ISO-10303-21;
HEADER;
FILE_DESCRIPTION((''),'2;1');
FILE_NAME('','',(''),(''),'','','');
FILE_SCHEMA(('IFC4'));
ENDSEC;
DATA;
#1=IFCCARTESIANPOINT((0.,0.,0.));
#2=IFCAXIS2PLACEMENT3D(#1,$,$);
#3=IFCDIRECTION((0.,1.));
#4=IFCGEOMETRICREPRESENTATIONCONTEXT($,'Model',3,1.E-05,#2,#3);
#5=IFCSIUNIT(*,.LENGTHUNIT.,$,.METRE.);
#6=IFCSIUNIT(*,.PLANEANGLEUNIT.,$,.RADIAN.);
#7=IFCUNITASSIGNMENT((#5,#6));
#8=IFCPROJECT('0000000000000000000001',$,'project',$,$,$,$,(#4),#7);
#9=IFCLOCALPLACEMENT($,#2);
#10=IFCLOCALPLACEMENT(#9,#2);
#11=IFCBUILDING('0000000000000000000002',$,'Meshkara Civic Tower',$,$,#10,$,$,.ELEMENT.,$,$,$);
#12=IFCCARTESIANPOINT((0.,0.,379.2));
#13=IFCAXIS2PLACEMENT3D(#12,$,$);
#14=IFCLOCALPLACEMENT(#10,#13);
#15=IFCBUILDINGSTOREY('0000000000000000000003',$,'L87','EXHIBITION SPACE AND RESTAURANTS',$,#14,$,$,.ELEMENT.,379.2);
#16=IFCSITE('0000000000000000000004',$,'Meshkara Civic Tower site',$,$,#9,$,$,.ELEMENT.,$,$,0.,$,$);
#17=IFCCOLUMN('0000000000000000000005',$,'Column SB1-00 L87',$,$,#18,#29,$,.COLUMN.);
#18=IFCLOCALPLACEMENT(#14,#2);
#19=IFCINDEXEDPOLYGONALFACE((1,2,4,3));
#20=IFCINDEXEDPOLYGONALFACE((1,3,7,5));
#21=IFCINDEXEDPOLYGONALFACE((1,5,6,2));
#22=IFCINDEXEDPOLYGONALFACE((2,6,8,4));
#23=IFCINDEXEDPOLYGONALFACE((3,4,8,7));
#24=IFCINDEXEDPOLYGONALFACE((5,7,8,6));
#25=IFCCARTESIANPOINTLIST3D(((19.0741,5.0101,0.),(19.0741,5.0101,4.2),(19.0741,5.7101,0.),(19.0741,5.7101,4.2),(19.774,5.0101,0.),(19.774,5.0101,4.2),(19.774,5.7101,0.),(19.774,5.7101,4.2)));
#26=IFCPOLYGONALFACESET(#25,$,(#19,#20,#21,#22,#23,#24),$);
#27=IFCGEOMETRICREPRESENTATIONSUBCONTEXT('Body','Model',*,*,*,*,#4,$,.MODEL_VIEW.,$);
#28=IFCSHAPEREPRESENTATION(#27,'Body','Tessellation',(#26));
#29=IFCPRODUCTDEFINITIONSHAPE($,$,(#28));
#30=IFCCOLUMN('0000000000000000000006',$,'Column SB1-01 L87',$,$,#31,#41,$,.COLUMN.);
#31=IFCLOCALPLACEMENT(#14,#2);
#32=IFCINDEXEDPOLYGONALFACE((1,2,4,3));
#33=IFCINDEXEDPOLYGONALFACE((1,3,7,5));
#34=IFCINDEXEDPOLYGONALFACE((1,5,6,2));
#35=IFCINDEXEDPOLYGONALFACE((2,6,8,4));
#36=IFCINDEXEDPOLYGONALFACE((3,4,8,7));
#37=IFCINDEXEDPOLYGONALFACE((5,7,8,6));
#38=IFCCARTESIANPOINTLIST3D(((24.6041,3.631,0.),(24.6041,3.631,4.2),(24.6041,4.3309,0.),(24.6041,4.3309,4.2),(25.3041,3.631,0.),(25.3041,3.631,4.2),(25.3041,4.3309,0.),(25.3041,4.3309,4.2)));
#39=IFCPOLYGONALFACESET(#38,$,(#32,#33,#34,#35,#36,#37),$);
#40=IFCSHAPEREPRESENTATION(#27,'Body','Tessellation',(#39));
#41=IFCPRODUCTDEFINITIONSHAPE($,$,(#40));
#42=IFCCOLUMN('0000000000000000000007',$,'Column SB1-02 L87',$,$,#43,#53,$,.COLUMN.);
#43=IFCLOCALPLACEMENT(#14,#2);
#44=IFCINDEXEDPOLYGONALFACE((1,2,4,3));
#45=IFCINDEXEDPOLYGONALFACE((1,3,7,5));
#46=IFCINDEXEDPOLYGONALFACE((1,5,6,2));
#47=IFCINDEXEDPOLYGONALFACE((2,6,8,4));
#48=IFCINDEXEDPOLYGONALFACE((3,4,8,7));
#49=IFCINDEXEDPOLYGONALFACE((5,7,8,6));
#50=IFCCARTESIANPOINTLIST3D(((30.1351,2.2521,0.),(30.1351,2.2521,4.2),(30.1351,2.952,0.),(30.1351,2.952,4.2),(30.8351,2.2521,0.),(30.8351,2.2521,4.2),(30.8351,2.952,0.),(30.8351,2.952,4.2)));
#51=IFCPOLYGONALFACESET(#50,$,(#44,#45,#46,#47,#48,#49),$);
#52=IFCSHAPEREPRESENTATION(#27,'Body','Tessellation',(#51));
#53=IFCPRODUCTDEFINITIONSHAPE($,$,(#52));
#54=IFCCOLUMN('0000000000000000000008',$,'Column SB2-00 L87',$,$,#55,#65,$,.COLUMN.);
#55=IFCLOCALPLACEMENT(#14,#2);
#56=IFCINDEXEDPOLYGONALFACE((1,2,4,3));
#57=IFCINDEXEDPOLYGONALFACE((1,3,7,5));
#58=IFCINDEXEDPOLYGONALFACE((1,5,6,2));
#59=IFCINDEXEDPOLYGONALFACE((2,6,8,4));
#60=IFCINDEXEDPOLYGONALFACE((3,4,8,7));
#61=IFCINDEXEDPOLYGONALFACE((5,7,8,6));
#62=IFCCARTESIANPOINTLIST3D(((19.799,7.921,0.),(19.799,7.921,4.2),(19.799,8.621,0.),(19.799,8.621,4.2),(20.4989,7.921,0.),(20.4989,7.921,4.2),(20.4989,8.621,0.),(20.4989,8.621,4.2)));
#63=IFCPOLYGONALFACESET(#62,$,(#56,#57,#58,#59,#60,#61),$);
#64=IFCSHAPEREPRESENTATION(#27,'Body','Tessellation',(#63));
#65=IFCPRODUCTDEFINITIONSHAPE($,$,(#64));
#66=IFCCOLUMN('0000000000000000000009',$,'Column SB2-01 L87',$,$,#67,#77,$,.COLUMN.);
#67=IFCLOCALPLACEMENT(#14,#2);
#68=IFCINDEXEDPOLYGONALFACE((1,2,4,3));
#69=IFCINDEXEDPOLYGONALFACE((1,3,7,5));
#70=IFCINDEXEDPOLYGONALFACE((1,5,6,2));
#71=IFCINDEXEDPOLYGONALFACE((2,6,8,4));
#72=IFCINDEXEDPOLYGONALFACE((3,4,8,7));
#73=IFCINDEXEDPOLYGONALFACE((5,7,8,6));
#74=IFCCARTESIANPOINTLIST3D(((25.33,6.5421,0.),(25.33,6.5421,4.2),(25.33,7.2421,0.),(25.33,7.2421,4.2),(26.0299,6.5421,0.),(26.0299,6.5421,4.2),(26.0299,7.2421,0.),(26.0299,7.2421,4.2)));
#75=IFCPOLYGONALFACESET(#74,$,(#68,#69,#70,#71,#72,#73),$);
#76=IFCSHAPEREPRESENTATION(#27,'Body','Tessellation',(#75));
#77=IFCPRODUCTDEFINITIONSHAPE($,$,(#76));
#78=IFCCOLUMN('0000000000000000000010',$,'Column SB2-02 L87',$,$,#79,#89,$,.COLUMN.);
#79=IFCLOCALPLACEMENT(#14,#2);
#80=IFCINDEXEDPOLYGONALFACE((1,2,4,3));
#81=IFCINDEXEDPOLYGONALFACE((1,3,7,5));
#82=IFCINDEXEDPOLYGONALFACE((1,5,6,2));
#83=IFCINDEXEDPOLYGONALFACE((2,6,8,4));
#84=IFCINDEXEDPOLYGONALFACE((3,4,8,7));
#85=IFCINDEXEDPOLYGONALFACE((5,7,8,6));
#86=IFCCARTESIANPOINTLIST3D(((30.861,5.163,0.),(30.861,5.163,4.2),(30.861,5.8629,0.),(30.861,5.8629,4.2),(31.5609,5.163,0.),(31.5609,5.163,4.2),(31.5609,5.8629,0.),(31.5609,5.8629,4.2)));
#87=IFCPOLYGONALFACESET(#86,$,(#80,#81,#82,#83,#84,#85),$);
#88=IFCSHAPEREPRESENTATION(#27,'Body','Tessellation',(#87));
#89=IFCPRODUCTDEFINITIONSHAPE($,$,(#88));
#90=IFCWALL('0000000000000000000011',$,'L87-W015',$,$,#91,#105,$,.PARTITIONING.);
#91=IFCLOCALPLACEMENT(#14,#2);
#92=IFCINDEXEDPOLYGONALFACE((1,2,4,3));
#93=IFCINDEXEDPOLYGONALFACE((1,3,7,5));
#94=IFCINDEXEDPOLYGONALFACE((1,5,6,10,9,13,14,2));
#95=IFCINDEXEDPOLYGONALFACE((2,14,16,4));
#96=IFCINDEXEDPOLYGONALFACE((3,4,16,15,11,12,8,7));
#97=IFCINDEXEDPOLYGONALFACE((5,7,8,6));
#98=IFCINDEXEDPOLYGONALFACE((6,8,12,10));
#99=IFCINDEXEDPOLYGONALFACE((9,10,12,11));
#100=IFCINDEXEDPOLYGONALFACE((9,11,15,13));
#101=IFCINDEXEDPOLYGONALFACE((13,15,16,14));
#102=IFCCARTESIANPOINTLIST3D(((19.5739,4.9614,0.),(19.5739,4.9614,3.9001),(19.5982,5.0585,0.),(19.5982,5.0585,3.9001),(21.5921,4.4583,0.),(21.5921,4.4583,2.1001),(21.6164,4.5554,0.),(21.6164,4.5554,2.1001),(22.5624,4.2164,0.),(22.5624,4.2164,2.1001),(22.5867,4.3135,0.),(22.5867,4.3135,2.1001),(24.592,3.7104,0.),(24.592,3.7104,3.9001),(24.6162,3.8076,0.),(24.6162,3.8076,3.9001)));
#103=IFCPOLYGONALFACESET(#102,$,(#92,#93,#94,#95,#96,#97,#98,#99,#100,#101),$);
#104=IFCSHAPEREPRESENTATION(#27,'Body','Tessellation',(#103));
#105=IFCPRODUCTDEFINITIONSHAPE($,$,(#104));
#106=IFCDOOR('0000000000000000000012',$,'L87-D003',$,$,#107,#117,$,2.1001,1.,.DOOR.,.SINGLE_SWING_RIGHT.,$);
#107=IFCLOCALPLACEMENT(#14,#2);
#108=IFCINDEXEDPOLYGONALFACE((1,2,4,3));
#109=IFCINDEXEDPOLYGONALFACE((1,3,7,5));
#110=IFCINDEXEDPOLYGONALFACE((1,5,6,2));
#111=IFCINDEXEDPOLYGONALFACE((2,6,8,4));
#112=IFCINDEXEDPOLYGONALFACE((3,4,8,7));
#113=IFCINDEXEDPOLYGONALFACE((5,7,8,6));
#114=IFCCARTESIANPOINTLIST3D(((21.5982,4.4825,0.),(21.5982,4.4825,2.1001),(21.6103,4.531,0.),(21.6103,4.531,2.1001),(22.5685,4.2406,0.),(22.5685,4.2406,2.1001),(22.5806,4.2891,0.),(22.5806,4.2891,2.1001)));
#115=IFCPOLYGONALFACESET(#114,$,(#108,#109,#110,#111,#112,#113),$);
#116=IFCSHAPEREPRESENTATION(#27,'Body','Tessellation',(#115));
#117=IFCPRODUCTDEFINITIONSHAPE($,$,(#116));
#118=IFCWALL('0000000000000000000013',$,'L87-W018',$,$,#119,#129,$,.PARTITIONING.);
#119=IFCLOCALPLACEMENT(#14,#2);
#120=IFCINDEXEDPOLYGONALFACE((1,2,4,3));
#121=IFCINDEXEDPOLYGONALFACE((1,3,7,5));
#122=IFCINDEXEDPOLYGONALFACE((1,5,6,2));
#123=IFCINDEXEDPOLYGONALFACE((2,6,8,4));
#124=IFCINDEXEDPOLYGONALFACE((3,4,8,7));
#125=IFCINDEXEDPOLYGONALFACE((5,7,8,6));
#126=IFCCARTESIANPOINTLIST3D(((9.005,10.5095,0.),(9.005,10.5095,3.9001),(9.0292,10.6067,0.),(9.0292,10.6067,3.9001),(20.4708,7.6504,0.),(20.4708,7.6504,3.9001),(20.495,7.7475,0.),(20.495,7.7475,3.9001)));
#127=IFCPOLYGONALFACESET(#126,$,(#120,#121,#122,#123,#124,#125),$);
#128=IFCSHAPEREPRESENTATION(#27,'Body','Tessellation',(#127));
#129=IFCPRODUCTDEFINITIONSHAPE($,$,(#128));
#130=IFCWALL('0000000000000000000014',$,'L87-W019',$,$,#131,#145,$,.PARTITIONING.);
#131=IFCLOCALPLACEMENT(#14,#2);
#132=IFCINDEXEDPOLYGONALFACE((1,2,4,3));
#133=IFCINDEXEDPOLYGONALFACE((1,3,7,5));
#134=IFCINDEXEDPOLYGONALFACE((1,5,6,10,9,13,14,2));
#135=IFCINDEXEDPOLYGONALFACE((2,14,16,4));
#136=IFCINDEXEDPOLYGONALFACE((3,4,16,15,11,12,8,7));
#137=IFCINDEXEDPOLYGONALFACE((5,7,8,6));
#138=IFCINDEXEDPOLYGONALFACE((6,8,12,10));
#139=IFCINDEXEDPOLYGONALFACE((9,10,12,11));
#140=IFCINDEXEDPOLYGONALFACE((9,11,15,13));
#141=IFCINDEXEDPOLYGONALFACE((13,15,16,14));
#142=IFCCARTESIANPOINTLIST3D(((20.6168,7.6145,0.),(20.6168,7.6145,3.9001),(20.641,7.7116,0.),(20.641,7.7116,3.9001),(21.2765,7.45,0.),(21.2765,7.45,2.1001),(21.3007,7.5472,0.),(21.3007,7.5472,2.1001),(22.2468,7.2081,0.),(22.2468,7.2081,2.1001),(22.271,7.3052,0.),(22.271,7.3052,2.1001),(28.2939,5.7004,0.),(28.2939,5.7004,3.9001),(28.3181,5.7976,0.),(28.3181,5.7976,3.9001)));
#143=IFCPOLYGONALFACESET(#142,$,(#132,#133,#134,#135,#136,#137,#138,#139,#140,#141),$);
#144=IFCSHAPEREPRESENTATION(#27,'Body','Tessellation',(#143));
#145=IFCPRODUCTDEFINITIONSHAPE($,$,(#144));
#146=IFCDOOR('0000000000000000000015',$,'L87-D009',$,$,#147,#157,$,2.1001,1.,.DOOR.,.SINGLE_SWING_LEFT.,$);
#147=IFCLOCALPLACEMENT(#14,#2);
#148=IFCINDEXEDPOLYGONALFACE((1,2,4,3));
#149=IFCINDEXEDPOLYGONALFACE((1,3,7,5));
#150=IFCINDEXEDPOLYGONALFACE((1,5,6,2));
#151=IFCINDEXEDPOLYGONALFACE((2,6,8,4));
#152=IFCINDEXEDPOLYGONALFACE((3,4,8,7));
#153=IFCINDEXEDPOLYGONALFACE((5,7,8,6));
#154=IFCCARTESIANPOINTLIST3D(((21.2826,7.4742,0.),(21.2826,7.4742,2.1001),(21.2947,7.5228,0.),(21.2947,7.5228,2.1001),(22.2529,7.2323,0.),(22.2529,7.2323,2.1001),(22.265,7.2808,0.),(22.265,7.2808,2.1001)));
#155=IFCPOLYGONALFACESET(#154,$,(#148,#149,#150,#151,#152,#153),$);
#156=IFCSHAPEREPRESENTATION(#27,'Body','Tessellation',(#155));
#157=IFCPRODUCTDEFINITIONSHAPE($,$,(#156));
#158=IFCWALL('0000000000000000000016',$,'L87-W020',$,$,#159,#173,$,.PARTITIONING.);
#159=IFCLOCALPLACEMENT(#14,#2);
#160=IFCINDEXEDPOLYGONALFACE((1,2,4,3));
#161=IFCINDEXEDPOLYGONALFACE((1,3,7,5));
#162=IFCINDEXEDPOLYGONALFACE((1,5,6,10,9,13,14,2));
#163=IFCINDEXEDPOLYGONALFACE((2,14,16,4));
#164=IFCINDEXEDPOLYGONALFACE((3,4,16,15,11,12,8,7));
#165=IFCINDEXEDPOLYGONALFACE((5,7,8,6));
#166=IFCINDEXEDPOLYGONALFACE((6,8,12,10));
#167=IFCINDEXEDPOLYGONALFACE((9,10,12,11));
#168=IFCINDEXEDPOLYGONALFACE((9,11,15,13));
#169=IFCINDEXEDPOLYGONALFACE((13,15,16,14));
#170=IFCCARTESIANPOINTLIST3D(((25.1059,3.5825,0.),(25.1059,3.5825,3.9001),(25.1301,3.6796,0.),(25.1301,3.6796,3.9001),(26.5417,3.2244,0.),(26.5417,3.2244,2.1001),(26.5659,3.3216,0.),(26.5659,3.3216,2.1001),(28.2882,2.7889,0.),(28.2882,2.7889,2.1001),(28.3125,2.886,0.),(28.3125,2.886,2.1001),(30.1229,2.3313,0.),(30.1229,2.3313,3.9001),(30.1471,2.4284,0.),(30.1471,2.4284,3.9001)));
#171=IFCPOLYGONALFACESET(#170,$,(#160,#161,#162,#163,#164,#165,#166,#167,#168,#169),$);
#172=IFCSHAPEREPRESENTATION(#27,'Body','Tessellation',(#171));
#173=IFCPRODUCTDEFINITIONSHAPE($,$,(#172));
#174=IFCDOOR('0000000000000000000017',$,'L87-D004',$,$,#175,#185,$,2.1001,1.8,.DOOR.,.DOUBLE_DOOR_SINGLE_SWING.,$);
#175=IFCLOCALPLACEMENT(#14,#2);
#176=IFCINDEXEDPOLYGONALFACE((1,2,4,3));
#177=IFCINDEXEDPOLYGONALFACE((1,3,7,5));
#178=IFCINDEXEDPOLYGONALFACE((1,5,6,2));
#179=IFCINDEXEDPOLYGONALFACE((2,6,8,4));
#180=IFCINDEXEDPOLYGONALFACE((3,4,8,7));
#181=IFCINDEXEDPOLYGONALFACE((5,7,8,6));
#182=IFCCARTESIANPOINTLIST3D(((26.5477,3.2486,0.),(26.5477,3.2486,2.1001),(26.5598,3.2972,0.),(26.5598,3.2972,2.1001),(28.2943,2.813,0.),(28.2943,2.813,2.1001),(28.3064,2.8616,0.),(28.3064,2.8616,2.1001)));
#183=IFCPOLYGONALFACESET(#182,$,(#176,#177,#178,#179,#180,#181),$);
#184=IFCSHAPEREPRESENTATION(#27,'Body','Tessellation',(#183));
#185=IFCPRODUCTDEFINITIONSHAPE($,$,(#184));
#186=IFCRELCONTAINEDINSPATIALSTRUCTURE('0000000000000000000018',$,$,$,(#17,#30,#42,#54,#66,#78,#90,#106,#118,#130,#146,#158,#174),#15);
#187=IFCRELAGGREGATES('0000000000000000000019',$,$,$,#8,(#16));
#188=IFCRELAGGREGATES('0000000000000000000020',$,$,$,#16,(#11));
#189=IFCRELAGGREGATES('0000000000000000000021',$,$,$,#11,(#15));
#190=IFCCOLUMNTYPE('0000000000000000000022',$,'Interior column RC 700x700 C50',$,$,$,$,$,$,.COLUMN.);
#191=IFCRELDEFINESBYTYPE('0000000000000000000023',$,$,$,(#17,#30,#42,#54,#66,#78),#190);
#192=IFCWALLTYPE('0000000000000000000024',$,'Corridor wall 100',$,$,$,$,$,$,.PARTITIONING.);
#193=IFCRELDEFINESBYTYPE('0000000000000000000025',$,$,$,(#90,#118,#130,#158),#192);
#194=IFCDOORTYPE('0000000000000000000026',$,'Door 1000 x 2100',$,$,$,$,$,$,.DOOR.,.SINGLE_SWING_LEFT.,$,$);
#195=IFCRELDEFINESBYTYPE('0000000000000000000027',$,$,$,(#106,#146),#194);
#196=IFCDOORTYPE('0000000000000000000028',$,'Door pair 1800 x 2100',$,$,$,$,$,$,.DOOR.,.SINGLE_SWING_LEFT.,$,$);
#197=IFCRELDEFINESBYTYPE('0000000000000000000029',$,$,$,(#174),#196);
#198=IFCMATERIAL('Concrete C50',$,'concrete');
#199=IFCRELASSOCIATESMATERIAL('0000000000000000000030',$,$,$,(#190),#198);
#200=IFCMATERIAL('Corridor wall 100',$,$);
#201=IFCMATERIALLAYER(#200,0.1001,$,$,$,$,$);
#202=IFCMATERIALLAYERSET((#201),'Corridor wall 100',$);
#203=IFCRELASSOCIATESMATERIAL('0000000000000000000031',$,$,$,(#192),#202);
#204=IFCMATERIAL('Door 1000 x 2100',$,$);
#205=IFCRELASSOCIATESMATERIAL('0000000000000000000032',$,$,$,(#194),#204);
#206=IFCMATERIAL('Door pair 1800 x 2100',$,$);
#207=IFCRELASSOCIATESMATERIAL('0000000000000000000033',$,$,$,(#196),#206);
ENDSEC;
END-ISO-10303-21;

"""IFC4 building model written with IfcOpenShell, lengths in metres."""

from ifc_helpers import new_model, si_unit, direction, frame, frame_2d, origin, origin_2d, place, context, subcontext, project, spatial, rectangle, extrude, material, layer, layer_set, material_profile, profile_set, type_object, element, fill, save


model = new_model("IFC4")

# Units and contexts
model_context = context("Model", 3, precision=1e-05, world=origin(), true_north=direction((0.0, 1.0)))
body_context = subcontext(model_context, "Body", "Model", "MODEL_VIEW")
ifc_project = project(units=[si_unit("LENGTHUNIT", "METRE"), si_unit("PLANEANGLEUNIT", "RADIAN")], contexts=[model_context])

# Site, building, storey
site_placement = place(None, origin())
site = spatial("IfcSite", under=ifc_project, at=site_placement, Name="Meshkara Civic Tower site", CompositionType="ELEMENT", RefElevation=0.0)
building_placement = place(site_placement, origin())
building = spatial("IfcBuilding", under=site, at=building_placement, Name="Meshkara Civic Tower", CompositionType="ELEMENT")
storey_placement = place(building_placement, frame((0.0, 0.0, 379.2)))
storey = spatial("IfcBuildingStorey", under=building, at=storey_placement, Name="L87", Description="EXHIBITION SPACE AND RESTAURANTS", CompositionType="ELEMENT", Elevation=379.2)

# Columns
ifc_material_1 = material(Name="Concrete C50", Category="concrete")
ifc_material_profile = material_profile(ifc_material_1, rectangle(XDim=0.7, YDim=0.7, at=origin_2d()))
ifc_profile_set = profile_set([ifc_material_profile], Name="Concrete C50")
column_type = type_object("IfcColumnType", Name="Interior column RC 700x700 C50", PredefinedType="COLUMN", material=ifc_profile_set)
for number, where, z_axis, x_axis, name in (
    (1, (19.4241, 5.3601, 0.0), (0.0, 0.0, 1.0), (1.0, 0.0, 0.0), "Column SB1-00 L87"),
    (2, (24.9541, 3.981, 0.0), (0.0, 0.0, 1.0), (1.0, 0.0, 0.0), "Column SB1-01 L87"),
    (3, (30.4851, 2.6021, 0.0), (0.0, 0.0, 1.0), (1.0, 0.0, 0.0), "Column SB1-02 L87"),
    (4, (20.1489, 8.271, 0.0), (0.0, 0.0, 1.0), (1.0, 0.0, 0.0), "Column SB2-00 L87"),
    (5, (25.6799, 6.8921, 0.0), (0.0, 0.0, 1.0), (1.0, 0.0, 0.0), "Column SB2-01 L87"),
    (6, (31.2109, 5.5129, 0.0), (0.0, 0.0, 1.0), (1.0, 0.0, 0.0), "Column SB2-02 L87"),
):
    element("IfcColumn", number, at=place(storey_placement, frame(where, z_axis=z_axis, x_axis=x_axis)), inside=storey, type_object=column_type, Name=name, PredefinedType="COLUMN", context=body_context, shape_type="SweptSolid", body=[
        extrude(rectangle(XDim=0.7, YDim=0.7, at=origin_2d()), origin(), (0.0, 0.0, 1.0), 4.2),
    ])

# Wall, opening, door
ifc_material_2 = material(Name="Corridor wall 100")
ifc_layer_1 = layer(ifc_material_2, 0.1001)
ifc_layer_set_1 = layer_set([ifc_layer_1], Name="Corridor wall 100")
wall_type_1 = type_object("IfcWallType", Name="Corridor wall 100", PredefinedType="PARTITIONING", material=ifc_layer_set_1)
wall_1_placement = place(storey_placement, frame((19.5859, 5.01, 0.0), z_axis=(0.0, 0.0, 1.0), x_axis=(0.970303, -0.241891, 0.0)))
wall_1 = element("IfcWall", 7, at=wall_1_placement, inside=storey, type_object=wall_type_1, Name="L87-W015", PredefinedType="PARTITIONING", context=body_context, shape_type="SweptSolid", body=[
    extrude(rectangle(XDim=5.1716, YDim=0.1001, at=frame_2d((2.5859, 0.0))), origin(), (0.0, 0.0, 1.0), 3.9001),
])
opening_1_placement = place(wall_1_placement, frame((2.0801, 0.0, 0.0)))
opening_1 = element("IfcOpeningElement", 8, at=opening_1_placement, cuts=wall_1, PredefinedType="OPENING", context=body_context, shape_type="SweptSolid", body=[
    extrude(rectangle(XDim=1.0, YDim=2.1001, at=frame_2d((0.5, 1.05))), frame((0.0, 0.0601, 0.0), z_axis=(0.0, -1.0, 0.0), x_axis=(1.0, 0.0, 0.0)), (0.0, 0.0, 1.0), 0.1201),
])
ifc_material_3 = material(Name="Door 1000 x 2100")
door_type_1 = type_object("IfcDoorType", Name="Door 1000 x 2100", OperationType="SINGLE_SWING_LEFT", PredefinedType="DOOR", material=ifc_material_3)
door_1_placement = place(opening_1_placement, origin())
door_1 = element("IfcDoor", 9, at=door_1_placement, inside=storey, type_object=door_type_1, Name="L87-D003", OperationType="SINGLE_SWING_RIGHT", OverallHeight=2.1001, OverallWidth=1.0, PredefinedType="DOOR", context=body_context, shape_type="SweptSolid", body=[
    extrude(rectangle(XDim=1.0, YDim=2.1001, at=frame_2d((0.5, 1.05))), frame((0.0, 0.0249, 0.0), z_axis=(0.0, -1.0, 0.0), x_axis=(1.0, 0.0, 0.0)), (0.0, 0.0, 1.0), 0.05),
])
fill(opening_1, door_1)

# Wall
wall_2_placement = place(storey_placement, frame((20.4829, 7.699, 0.0), z_axis=(0.0, 0.0, 1.0), x_axis=(-0.970288, 0.241952, 0.0)))
element("IfcWall", 10, at=wall_2_placement, inside=storey, type_object=wall_type_1, Name="L87-W018", PredefinedType="PARTITIONING", context=body_context, shape_type="SweptSolid", body=[
    extrude(rectangle(XDim=11.8169, YDim=0.1001, at=frame_2d((5.9084, 0.0))), origin(), (0.0, 0.0, 1.0), 3.9001),
])

# Walls, openings, doors
wall_3_placement = place(storey_placement, frame((20.6289, 7.6631, 0.0), z_axis=(0.0, 0.0, 1.0), x_axis=(0.970297, -0.241918, 0.0)))
wall_3 = element("IfcWall", 11, at=wall_3_placement, inside=storey, type_object=wall_type_1, Name="L87-W019", PredefinedType="PARTITIONING", context=body_context, shape_type="SweptSolid", body=[
    extrude(rectangle(XDim=7.9121, YDim=0.1001, at=frame_2d((3.9561, 0.0))), origin(), (0.0, 0.0, 1.0), 3.9001),
])
opening_2_placement = place(wall_3_placement, frame((0.6799, 0.0, 0.0)))
opening_2 = element("IfcOpeningElement", 12, at=opening_2_placement, cuts=wall_3, PredefinedType="OPENING", context=body_context, shape_type="SweptSolid", body=[
    extrude(rectangle(XDim=1.0, YDim=2.1001, at=frame_2d((0.5, 1.05))), frame((0.0, 0.0601, 0.0), z_axis=(0.0, -1.0, 0.0), x_axis=(1.0, 0.0, 0.0)), (0.0, 0.0, 1.0), 0.1201),
])
door_2_placement = place(opening_2_placement, origin())
door_2 = element("IfcDoor", 13, at=door_2_placement, inside=storey, type_object=door_type_1, Name="L87-D009", OperationType="SINGLE_SWING_LEFT", OverallHeight=2.1001, OverallWidth=1.0, PredefinedType="DOOR", context=body_context, shape_type="SweptSolid", body=[
    extrude(rectangle(XDim=1.0, YDim=2.1001, at=frame_2d((0.5, 1.05))), frame((0.0, 0.0249, 0.0), z_axis=(0.0, -1.0, 0.0), x_axis=(1.0, 0.0, 0.0)), (0.0, 0.0, 1.0), 0.05),
])
fill(opening_2, door_2)
wall_4_placement = place(storey_placement, frame((25.1179, 3.6311, 0.0), z_axis=(0.0, 0.0, 1.0), x_axis=(0.970281, -0.24198, 0.0)))
wall_4 = element("IfcWall", 14, at=wall_4_placement, inside=storey, type_object=wall_type_1, Name="L87-W020", PredefinedType="PARTITIONING", context=body_context, shape_type="SweptSolid", body=[
    extrude(rectangle(XDim=5.1707, YDim=0.1001, at=frame_2d((2.5854, 0.0))), origin(), (0.0, 0.0, 1.0), 3.9001),
])
opening_3_placement = place(wall_4_placement, frame((1.48, 0.0, 0.0)))
opening_3 = element("IfcOpeningElement", 15, at=opening_3_placement, cuts=wall_4, PredefinedType="OPENING", context=body_context, shape_type="SweptSolid", body=[
    extrude(rectangle(XDim=1.8, YDim=2.1001, at=frame_2d((0.8999, 1.05))), frame((0.0, 0.0601, 0.0), z_axis=(0.0, -1.0, 0.0), x_axis=(1.0, 0.0, 0.0)), (0.0, 0.0, 1.0), 0.1201),
])
ifc_material_4 = material(Name="Door pair 1800 x 2100")
door_type_2 = type_object("IfcDoorType", Name="Door pair 1800 x 2100", OperationType="SINGLE_SWING_LEFT", PredefinedType="DOOR", material=ifc_material_4)
door_3_placement = place(opening_3_placement, origin())
door_3 = element("IfcDoor", 16, at=door_3_placement, inside=storey, type_object=door_type_2, Name="L87-D004", OperationType="DOUBLE_DOOR_SINGLE_SWING", OverallHeight=2.1001, OverallWidth=1.8, PredefinedType="DOOR", context=body_context, shape_type="SweptSolid", body=[
    extrude(rectangle(XDim=1.8, YDim=2.1001, at=frame_2d((0.8999, 1.05))), frame((0.0, 0.0249, 0.0), z_axis=(0.0, -1.0, 0.0), x_axis=(1.0, 0.0, 0.0)), (0.0, 0.0, 1.0), 0.05),
])
fill(opening_3, door_3)

save(model, "model.ifc")
